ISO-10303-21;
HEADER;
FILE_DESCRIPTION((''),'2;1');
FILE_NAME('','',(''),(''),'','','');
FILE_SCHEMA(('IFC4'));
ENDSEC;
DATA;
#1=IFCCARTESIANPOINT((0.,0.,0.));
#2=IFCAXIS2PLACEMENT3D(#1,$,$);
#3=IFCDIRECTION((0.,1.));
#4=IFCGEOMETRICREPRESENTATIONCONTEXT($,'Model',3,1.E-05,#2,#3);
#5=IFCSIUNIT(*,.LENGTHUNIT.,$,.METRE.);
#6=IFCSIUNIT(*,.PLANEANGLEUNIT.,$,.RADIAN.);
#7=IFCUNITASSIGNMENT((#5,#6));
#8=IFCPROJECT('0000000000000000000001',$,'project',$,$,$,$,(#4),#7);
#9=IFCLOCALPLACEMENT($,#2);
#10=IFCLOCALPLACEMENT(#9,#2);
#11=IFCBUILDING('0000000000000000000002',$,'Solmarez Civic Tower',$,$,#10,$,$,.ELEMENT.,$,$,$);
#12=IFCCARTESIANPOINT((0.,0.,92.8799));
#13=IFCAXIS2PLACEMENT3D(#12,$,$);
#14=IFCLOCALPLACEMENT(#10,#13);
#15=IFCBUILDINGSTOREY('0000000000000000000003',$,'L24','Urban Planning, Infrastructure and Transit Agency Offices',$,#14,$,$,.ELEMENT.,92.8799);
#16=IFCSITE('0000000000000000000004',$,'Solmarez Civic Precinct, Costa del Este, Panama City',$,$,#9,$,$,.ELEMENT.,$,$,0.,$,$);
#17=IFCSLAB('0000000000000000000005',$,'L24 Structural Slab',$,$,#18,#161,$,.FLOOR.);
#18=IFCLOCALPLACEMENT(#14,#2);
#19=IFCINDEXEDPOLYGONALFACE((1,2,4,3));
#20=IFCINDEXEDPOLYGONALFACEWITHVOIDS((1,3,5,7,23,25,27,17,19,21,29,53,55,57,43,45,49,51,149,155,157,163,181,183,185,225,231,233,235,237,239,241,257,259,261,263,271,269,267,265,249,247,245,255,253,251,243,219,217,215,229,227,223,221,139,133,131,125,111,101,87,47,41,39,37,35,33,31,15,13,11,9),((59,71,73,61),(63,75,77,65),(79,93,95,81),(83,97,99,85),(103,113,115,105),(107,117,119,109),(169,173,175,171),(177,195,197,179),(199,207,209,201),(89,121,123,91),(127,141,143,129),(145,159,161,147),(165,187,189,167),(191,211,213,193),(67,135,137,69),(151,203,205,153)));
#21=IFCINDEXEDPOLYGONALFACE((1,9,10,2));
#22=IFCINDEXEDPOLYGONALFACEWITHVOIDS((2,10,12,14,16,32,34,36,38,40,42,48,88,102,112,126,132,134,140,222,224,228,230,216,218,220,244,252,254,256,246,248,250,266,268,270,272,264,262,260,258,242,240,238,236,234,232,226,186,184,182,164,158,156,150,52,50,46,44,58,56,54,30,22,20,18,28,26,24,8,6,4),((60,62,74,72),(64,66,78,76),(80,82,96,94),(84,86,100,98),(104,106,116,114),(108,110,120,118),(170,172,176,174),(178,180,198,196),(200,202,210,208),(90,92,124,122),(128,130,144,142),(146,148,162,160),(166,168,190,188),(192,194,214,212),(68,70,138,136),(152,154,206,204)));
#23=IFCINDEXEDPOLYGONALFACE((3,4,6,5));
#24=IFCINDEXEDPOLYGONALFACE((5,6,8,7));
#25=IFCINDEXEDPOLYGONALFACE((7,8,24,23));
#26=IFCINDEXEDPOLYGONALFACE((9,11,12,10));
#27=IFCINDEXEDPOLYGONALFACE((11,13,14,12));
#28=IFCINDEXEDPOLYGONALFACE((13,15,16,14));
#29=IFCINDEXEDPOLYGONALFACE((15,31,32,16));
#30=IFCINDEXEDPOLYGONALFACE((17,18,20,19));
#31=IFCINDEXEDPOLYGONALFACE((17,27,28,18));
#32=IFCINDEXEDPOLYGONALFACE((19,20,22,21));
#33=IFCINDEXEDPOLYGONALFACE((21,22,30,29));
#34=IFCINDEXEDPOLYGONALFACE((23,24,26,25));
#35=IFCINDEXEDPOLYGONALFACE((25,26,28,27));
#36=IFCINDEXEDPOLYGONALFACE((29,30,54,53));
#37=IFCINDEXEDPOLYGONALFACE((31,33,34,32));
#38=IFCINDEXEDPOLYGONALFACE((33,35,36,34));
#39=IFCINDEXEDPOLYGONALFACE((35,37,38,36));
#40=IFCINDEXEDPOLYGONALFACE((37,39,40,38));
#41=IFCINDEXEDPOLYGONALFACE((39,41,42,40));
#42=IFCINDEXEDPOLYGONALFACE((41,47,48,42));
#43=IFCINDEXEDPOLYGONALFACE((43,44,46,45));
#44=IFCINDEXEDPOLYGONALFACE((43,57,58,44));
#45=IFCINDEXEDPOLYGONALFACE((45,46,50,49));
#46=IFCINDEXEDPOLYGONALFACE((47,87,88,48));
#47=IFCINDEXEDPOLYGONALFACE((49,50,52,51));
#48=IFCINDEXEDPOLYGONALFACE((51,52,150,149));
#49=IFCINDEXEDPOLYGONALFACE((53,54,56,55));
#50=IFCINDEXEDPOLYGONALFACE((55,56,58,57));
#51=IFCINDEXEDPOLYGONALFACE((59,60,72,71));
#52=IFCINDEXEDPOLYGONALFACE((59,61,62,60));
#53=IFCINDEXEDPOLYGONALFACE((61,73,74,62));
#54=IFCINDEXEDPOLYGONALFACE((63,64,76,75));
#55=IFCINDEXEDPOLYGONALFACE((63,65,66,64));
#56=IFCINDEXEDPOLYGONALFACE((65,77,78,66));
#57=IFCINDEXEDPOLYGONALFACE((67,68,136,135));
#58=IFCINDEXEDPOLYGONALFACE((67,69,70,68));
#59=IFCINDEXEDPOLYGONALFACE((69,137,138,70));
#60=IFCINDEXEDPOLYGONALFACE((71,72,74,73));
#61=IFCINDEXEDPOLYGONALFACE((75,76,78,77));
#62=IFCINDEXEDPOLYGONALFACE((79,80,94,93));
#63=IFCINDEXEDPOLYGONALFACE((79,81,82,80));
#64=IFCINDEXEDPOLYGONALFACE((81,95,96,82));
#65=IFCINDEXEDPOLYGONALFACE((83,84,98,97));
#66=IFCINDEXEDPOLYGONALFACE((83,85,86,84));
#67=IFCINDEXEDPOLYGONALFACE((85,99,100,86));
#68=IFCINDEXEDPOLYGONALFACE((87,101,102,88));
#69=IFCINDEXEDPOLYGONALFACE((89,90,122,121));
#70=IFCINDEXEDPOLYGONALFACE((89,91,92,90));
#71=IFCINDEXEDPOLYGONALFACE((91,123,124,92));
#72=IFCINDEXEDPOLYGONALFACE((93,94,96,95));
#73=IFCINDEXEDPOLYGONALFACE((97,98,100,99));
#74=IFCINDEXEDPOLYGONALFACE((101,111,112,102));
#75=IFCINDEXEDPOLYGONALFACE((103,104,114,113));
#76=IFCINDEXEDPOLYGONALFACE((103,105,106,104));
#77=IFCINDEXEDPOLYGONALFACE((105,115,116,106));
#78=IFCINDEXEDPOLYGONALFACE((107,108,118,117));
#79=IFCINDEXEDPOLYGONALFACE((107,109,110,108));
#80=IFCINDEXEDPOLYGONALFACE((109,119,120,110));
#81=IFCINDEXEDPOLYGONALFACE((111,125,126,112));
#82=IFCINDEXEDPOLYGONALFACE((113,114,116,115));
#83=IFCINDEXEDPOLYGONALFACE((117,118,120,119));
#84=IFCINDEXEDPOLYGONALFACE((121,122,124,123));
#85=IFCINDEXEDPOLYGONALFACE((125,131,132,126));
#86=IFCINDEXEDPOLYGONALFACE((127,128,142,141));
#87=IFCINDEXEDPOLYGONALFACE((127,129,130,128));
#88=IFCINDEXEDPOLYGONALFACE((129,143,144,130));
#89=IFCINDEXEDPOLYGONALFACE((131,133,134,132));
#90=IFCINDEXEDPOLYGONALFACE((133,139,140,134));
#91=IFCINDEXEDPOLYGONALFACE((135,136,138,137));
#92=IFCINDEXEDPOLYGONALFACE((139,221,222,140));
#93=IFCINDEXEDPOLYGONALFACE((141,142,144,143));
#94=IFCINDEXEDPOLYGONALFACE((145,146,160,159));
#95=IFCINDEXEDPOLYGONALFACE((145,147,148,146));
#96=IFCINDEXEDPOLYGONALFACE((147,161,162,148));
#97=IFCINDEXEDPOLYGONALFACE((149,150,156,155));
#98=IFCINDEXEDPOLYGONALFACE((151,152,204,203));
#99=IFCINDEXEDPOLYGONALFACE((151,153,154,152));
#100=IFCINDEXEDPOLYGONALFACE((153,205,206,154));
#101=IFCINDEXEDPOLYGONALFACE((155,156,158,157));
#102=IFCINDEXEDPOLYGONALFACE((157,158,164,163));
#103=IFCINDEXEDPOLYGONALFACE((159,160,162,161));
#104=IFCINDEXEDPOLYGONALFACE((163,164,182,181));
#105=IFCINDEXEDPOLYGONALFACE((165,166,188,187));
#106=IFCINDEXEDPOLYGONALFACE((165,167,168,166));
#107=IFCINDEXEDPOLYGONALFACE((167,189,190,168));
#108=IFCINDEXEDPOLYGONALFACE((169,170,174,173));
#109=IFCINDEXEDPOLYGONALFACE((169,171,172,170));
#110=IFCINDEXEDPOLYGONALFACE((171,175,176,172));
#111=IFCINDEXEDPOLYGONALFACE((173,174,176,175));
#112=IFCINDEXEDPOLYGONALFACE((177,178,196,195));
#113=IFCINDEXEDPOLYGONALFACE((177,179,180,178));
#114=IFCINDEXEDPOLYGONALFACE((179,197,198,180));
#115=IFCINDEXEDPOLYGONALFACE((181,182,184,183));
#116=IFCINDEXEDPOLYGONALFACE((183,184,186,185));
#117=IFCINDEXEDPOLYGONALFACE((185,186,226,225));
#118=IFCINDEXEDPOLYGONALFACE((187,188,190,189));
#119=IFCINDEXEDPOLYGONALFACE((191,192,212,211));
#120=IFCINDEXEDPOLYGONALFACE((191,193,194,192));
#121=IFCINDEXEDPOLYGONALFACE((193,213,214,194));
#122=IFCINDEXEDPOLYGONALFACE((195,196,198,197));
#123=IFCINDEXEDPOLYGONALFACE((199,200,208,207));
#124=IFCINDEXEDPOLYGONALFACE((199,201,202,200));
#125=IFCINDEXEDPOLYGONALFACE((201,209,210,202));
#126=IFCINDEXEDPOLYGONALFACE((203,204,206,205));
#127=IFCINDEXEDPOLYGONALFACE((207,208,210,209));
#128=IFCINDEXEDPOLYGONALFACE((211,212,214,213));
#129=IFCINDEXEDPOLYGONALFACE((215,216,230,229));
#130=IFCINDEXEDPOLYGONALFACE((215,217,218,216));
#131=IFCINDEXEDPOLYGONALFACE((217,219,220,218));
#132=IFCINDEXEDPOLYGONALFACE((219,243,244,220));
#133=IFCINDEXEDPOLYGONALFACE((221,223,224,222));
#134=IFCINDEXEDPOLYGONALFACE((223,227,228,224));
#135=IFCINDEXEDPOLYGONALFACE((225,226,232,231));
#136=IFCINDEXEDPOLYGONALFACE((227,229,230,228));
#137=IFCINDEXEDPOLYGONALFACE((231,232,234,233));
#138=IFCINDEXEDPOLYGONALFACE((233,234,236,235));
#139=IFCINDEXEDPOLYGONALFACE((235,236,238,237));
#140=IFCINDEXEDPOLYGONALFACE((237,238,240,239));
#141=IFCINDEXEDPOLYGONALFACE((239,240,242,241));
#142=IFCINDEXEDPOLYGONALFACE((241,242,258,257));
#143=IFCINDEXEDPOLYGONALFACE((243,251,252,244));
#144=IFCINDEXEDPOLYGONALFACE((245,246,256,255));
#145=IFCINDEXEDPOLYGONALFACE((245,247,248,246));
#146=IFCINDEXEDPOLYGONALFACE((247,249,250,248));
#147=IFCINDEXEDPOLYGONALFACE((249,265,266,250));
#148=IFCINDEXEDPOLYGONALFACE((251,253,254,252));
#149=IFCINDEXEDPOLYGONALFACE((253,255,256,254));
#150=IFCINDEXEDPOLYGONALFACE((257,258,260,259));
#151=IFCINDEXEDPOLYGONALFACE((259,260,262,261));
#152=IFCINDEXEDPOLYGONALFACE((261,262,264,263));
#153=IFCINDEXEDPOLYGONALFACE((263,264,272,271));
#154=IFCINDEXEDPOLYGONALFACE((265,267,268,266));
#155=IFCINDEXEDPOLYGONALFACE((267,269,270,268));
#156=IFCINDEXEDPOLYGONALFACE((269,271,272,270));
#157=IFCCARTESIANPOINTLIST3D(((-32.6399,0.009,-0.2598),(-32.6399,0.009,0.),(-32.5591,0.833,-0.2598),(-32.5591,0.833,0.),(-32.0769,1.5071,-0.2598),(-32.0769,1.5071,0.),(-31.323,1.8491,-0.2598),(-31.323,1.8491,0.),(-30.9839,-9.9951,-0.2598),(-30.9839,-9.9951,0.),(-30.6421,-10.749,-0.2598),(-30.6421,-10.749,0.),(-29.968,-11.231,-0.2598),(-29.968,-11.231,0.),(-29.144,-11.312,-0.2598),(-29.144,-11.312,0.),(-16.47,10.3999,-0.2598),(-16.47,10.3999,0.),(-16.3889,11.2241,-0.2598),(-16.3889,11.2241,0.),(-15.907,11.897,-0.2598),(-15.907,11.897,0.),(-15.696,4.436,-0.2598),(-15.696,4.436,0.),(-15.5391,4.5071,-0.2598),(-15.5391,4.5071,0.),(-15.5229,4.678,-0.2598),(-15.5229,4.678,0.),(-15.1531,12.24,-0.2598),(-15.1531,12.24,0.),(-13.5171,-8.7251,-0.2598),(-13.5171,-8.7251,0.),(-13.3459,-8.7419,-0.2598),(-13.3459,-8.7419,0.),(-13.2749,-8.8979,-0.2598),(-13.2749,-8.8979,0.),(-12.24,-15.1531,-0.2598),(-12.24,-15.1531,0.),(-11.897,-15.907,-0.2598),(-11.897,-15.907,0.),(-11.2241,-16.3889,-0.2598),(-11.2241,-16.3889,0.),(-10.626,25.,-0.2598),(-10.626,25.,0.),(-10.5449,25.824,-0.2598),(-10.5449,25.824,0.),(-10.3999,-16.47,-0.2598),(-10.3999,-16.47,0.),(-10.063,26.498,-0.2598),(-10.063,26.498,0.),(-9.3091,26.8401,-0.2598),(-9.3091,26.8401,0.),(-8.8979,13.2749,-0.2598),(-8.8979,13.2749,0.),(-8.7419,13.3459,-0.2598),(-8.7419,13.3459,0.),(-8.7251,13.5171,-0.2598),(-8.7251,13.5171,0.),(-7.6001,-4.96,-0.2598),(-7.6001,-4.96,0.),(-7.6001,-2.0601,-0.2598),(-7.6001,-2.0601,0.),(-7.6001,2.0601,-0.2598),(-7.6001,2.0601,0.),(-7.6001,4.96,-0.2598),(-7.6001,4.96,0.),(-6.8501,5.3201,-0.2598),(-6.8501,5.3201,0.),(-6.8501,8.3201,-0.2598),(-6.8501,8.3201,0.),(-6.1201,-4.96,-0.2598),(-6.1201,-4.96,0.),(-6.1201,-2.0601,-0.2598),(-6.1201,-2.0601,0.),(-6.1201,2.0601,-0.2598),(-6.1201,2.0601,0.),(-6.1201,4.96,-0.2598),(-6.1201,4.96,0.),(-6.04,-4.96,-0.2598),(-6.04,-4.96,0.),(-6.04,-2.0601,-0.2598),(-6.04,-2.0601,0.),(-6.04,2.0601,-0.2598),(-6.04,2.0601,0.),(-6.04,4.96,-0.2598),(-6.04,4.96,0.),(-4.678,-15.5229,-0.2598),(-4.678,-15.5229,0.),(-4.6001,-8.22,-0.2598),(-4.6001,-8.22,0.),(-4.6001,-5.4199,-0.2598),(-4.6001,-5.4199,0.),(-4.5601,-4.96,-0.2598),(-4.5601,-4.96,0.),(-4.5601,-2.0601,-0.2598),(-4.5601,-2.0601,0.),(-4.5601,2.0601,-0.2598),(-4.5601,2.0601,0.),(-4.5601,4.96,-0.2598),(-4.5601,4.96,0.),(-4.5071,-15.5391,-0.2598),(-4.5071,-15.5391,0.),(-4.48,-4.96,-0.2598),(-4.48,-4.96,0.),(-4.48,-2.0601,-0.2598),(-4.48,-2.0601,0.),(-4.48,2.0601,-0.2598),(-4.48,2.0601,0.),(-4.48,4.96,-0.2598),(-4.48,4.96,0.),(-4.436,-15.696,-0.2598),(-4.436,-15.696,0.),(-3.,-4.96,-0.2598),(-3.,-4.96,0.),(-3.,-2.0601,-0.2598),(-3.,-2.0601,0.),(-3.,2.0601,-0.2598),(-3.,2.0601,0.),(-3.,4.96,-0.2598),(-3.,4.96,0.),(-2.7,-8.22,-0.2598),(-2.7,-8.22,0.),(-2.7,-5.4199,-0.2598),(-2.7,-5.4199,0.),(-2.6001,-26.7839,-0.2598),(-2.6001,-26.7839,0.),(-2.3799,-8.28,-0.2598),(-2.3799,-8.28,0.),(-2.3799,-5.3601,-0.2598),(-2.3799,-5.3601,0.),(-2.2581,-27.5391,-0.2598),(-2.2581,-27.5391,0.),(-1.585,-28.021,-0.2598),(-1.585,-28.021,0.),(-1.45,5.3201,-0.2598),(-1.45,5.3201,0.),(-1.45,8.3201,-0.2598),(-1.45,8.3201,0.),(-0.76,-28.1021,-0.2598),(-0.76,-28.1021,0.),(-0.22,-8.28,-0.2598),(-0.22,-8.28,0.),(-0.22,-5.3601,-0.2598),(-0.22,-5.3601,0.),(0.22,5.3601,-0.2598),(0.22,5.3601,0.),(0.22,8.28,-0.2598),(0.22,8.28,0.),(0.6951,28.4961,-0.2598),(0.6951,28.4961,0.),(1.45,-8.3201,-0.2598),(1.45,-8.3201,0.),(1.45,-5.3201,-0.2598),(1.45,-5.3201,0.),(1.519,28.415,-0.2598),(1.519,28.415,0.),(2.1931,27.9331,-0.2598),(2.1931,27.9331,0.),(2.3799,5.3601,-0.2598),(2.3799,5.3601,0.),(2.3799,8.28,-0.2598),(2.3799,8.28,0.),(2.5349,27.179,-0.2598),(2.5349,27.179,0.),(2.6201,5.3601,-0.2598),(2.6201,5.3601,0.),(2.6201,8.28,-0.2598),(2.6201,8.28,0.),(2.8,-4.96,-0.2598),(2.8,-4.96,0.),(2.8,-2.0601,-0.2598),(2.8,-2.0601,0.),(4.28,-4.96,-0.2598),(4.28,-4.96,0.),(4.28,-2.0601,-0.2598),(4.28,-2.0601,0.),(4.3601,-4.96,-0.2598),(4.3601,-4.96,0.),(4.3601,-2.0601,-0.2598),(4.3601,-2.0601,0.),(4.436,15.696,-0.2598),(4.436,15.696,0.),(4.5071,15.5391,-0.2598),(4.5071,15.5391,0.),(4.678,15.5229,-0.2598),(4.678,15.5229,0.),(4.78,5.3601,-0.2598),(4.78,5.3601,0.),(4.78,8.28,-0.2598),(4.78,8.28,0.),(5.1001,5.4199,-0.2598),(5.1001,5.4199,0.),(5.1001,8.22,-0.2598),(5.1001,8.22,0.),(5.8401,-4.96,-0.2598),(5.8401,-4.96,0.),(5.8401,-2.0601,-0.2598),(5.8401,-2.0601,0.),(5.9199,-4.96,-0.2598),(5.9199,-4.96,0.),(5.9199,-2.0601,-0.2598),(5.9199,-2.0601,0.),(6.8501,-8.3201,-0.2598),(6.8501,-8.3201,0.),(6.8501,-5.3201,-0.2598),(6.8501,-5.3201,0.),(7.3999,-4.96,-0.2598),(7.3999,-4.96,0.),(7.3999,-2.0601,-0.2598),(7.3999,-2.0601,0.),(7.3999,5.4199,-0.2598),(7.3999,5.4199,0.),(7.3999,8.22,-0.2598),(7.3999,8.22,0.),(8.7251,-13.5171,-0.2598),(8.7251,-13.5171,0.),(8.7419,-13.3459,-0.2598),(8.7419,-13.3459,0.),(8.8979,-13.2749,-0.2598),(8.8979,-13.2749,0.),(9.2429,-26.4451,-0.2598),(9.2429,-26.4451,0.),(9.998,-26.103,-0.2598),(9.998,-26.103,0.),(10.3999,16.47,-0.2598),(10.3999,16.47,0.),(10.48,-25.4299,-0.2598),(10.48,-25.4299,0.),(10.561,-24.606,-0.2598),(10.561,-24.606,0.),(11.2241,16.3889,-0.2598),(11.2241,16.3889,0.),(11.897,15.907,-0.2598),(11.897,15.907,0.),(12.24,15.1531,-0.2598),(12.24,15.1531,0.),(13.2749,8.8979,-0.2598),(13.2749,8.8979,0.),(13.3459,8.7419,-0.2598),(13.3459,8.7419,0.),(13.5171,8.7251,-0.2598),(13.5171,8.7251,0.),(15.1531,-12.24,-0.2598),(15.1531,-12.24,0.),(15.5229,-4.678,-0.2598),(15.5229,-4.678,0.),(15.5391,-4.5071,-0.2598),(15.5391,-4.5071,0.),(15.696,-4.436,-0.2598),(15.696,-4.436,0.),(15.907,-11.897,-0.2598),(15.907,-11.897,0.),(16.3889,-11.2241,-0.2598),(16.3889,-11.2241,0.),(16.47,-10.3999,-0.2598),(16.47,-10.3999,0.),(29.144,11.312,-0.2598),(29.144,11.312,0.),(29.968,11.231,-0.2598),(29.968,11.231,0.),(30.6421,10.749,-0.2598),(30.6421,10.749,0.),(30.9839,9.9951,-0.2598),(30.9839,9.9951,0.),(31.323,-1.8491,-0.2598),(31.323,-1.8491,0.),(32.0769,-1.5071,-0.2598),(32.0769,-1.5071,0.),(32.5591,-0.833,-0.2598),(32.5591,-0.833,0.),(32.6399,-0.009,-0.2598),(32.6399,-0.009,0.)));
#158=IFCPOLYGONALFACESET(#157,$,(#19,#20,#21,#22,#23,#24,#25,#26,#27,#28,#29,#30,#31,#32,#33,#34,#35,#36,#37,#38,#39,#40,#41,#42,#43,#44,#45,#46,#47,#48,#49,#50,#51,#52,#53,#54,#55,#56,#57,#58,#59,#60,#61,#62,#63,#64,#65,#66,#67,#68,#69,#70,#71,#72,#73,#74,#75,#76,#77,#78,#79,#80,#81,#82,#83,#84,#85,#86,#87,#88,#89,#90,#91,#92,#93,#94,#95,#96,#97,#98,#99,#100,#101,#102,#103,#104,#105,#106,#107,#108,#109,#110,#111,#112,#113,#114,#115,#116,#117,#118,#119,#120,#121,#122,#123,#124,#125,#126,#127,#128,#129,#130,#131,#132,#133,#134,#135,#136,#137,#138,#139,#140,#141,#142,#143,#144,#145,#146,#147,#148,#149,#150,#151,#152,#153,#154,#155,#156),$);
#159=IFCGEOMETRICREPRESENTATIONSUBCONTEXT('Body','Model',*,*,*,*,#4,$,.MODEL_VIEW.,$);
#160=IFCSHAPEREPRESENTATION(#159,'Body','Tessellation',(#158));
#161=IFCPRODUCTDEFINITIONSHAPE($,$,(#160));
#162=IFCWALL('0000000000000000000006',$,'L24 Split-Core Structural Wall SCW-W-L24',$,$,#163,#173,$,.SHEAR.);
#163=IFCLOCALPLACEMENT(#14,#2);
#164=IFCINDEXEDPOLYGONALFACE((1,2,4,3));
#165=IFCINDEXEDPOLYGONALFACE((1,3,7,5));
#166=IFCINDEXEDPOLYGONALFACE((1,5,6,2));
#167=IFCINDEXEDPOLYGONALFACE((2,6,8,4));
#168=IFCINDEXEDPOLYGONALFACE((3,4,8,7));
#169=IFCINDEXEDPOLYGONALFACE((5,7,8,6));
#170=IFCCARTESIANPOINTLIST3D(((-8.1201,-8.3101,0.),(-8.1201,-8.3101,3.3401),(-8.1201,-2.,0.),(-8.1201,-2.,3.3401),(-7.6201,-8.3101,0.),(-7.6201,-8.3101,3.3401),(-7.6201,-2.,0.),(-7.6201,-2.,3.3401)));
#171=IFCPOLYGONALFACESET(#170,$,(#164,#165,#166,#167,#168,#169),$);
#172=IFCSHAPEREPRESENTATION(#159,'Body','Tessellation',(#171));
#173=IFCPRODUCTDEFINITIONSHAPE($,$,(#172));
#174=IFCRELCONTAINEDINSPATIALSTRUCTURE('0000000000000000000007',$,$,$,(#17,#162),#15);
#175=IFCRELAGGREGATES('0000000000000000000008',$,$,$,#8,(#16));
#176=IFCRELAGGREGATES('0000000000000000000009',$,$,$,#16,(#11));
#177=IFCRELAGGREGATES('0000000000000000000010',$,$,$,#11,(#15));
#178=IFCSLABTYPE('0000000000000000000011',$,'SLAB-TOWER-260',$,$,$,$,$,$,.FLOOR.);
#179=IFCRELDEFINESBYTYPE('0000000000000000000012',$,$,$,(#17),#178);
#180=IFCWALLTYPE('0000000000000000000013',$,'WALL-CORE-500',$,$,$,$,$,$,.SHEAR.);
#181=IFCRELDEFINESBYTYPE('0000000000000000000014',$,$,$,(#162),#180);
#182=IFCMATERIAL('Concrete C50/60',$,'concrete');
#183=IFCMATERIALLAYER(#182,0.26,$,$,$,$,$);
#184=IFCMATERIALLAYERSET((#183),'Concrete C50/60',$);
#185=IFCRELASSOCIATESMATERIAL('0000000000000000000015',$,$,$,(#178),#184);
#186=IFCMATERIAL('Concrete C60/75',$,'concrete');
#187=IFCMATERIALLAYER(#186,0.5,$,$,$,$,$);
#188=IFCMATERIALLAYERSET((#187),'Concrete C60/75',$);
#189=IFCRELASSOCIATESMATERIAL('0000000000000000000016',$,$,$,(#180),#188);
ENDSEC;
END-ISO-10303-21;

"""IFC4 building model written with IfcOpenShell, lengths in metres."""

from ifc_helpers import new_model, si_unit, direction, frame, frame_2d, origin, place, context, subcontext, project, spatial, polyline, rectangle, outline, extrude, material, layer, layer_set, type_object, element, save


model = new_model("IFC4")

# Units and contexts
model_context = context("Model", 3, precision=1e-05, world=origin(), true_north=direction((0.0, 1.0)))
body_context = subcontext(model_context, "Body", "Model", "MODEL_VIEW")
ifc_project = project(units=[si_unit("LENGTHUNIT", "METRE"), si_unit("PLANEANGLEUNIT", "RADIAN")], contexts=[model_context])

# Site, building, storey
site_placement = place(None, origin())
site = spatial("IfcSite", under=ifc_project, at=site_placement, Name="Solmarez Civic Precinct, Costa del Este, Panama City", CompositionType="ELEMENT", RefElevation=0.0)
building_placement = place(site_placement, origin())
building = spatial("IfcBuilding", under=site, at=building_placement, Name="Solmarez Civic Tower", CompositionType="ELEMENT")
storey_placement = place(building_placement, frame((0.0, 0.0, 92.8799)))
storey = spatial("IfcBuildingStorey", under=building, at=storey_placement, Name="L24", Description="Urban Planning, Infrastructure and Transit Agency Offices", CompositionType="ELEMENT", Elevation=92.8799)

# Shared definitions
ifc_material_1 = material(Name="Concrete C60/75", Category="concrete")

# Slab
ifc_material_2 = material(Name="Concrete C50/60", Category="concrete")
ifc_layer_1 = layer(ifc_material_2, 0.26)
ifc_layer_set_1 = layer_set([ifc_layer_1], Name="Concrete C50/60")
slab_type = type_object("IfcSlabType", Name="SLAB-TOWER-260", PredefinedType="FLOOR", material=ifc_layer_set_1)
slab_placement = place(storey_placement, frame((0.0, 0.0, -0.2598)))
element("IfcSlab", 1, at=slab_placement, inside=storey, type_object=slab_type, Name="L24 Structural Slab", PredefinedType="FLOOR", context=body_context, shape_type="SweptSolid", body=[
    extrude(outline(polyline([(-13.2749, -8.8979), (-12.24, -15.1531), (-11.897, -15.907), (-11.2241, -16.3889), (-10.3999, -16.47), (-4.678, -15.5229), (-4.5071, -15.5391), (-4.436, -15.696), (-2.6001, -26.7839), (-2.2581, -27.5391), (-1.585, -28.021), (-0.76, -28.1021), (9.2429, -26.4451), (9.998, -26.103), (10.48, -25.4299), (10.561, -24.606), (8.7251, -13.5171), (8.7419, -13.3459), (8.8979, -13.2749), (15.1531, -12.24), (15.907, -11.897), (16.3889, -11.2241), (16.47, -10.3999), (15.5229, -4.678), (15.5391, -4.5071), (15.696, -4.436), (31.323, -1.8491), (32.0769, -1.5071), (32.5591, -0.833), (32.6399, -0.009), (30.9839, 9.9951), (30.6421, 10.749), (29.968, 11.231), (29.144, 11.312), (13.5171, 8.7251), (13.3459, 8.7419), (13.2749, 8.8979), (12.24, 15.1531), (11.897, 15.907), (11.2241, 16.3889), (10.3999, 16.47), (4.678, 15.5229), (4.5071, 15.5391), (4.436, 15.696), (2.5349, 27.179), (2.1931, 27.9331), (1.519, 28.415), (0.6951, 28.4961), (-9.3091, 26.8401), (-10.063, 26.498), (-10.5449, 25.824), (-10.626, 25.0), (-8.7251, 13.5171), (-8.7419, 13.3459), (-8.8979, 13.2749), (-15.1531, 12.24), (-15.907, 11.897), (-16.3889, 11.2241), (-16.47, 10.3999), (-15.5229, 4.678), (-15.5391, 4.5071), (-15.696, 4.436), (-31.323, 1.8491), (-32.0769, 1.5071), (-32.5591, 0.833), (-32.6399, 0.009), (-30.9839, -9.9951), (-30.6421, -10.749), (-29.968, -11.231), (-29.144, -11.312), (-13.5171, -8.7251), (-13.3459, -8.7419), (-13.2749, -8.8979)]), holes=[polyline([(-1.45, 8.3201), (-6.8501, 8.3201), (-6.8501, 5.3201), (-1.45, 5.3201), (-1.45, 8.3201)]), polyline([(1.45, -8.3201), (6.8501, -8.3201), (6.8501, -5.3201), (1.45, -5.3201), (1.45, -8.3201)]), polyline([(0.22, 5.3601), (2.3799, 5.3601), (2.3799, 8.28), (0.22, 8.28), (0.22, 5.3601)]), polyline([(2.6201, 5.3601), (4.78, 5.3601), (4.78, 8.28), (2.6201, 8.28), (2.6201, 5.3601)]), polyline([(-2.3799, -8.28), (-0.22, -8.28), (-0.22, -5.3601), (-2.3799, -5.3601), (-2.3799, -8.28)]), polyline([(2.8, -4.96), (4.28, -4.96), (4.28, -2.0601), (2.8, -2.0601), (2.8, -4.96)]), polyline([(4.3601, -4.96), (5.8401, -4.96), (5.8401, -2.0601), (4.3601, -2.0601), (4.3601, -4.96)]), polyline([(5.9199, -4.96), (7.3999, -4.96), (7.3999, -2.0601), (5.9199, -2.0601), (5.9199, -4.96)]), polyline([(-7.6001, -4.96), (-6.1201, -4.96), (-6.1201, -2.0601), (-7.6001, -2.0601), (-7.6001, -4.96)]), polyline([(-6.04, -4.96), (-4.5601, -4.96), (-4.5601, -2.0601), (-6.04, -2.0601), (-6.04, -4.96)]), polyline([(-4.48, -4.96), (-3.0, -4.96), (-3.0, -2.0601), (-4.48, -2.0601), (-4.48, -4.96)]), polyline([(-7.6001, 2.0601), (-6.1201, 2.0601), (-6.1201, 4.96), (-7.6001, 4.96), (-7.6001, 2.0601)]), polyline([(-6.04, 2.0601), (-4.5601, 2.0601), (-4.5601, 4.96), (-6.04, 4.96), (-6.04, 2.0601)]), polyline([(-4.48, 2.0601), (-3.0, 2.0601), (-3.0, 4.96), (-4.48, 4.96), (-4.48, 2.0601)]), polyline([(5.1001, 5.4199), (7.3999, 5.4199), (7.3999, 8.22), (5.1001, 8.22), (5.1001, 5.4199)]), polyline([(-4.6001, -8.22), (-2.7, -8.22), (-2.7, -5.4199), (-4.6001, -5.4199), (-4.6001, -8.22)])]), origin(), (0.0, 0.0, 1.0), 0.2598),
])

# Shared definitions
ifc_layer_2 = layer(ifc_material_1, 0.5)
ifc_layer_set_2 = layer_set([ifc_layer_2], Name="Concrete C60/75")
wall_type_1 = type_object("IfcWallType", Name="WALL-CORE-500", PredefinedType="SHEAR", material=ifc_layer_set_2)

# Wall
wall_1_placement = place(storey_placement, frame((-7.8701, -8.3101, 0.0), z_axis=(0.0, 0.0, 1.0), x_axis=(0.0, 1.0, 0.0)))
element("IfcWall", 2, at=wall_1_placement, inside=storey, type_object=wall_type_1, Name="L24 Split-Core Structural Wall SCW-W-L24", PredefinedType="SHEAR", context=body_context, shape_type="SweptSolid", body=[
    extrude(rectangle(XDim=6.3101, YDim=0.5, at=frame_2d((3.155, 0.0))), origin(), (0.0, 0.0, 1.0), 3.3401),
])

save(model, "model.ifc")
